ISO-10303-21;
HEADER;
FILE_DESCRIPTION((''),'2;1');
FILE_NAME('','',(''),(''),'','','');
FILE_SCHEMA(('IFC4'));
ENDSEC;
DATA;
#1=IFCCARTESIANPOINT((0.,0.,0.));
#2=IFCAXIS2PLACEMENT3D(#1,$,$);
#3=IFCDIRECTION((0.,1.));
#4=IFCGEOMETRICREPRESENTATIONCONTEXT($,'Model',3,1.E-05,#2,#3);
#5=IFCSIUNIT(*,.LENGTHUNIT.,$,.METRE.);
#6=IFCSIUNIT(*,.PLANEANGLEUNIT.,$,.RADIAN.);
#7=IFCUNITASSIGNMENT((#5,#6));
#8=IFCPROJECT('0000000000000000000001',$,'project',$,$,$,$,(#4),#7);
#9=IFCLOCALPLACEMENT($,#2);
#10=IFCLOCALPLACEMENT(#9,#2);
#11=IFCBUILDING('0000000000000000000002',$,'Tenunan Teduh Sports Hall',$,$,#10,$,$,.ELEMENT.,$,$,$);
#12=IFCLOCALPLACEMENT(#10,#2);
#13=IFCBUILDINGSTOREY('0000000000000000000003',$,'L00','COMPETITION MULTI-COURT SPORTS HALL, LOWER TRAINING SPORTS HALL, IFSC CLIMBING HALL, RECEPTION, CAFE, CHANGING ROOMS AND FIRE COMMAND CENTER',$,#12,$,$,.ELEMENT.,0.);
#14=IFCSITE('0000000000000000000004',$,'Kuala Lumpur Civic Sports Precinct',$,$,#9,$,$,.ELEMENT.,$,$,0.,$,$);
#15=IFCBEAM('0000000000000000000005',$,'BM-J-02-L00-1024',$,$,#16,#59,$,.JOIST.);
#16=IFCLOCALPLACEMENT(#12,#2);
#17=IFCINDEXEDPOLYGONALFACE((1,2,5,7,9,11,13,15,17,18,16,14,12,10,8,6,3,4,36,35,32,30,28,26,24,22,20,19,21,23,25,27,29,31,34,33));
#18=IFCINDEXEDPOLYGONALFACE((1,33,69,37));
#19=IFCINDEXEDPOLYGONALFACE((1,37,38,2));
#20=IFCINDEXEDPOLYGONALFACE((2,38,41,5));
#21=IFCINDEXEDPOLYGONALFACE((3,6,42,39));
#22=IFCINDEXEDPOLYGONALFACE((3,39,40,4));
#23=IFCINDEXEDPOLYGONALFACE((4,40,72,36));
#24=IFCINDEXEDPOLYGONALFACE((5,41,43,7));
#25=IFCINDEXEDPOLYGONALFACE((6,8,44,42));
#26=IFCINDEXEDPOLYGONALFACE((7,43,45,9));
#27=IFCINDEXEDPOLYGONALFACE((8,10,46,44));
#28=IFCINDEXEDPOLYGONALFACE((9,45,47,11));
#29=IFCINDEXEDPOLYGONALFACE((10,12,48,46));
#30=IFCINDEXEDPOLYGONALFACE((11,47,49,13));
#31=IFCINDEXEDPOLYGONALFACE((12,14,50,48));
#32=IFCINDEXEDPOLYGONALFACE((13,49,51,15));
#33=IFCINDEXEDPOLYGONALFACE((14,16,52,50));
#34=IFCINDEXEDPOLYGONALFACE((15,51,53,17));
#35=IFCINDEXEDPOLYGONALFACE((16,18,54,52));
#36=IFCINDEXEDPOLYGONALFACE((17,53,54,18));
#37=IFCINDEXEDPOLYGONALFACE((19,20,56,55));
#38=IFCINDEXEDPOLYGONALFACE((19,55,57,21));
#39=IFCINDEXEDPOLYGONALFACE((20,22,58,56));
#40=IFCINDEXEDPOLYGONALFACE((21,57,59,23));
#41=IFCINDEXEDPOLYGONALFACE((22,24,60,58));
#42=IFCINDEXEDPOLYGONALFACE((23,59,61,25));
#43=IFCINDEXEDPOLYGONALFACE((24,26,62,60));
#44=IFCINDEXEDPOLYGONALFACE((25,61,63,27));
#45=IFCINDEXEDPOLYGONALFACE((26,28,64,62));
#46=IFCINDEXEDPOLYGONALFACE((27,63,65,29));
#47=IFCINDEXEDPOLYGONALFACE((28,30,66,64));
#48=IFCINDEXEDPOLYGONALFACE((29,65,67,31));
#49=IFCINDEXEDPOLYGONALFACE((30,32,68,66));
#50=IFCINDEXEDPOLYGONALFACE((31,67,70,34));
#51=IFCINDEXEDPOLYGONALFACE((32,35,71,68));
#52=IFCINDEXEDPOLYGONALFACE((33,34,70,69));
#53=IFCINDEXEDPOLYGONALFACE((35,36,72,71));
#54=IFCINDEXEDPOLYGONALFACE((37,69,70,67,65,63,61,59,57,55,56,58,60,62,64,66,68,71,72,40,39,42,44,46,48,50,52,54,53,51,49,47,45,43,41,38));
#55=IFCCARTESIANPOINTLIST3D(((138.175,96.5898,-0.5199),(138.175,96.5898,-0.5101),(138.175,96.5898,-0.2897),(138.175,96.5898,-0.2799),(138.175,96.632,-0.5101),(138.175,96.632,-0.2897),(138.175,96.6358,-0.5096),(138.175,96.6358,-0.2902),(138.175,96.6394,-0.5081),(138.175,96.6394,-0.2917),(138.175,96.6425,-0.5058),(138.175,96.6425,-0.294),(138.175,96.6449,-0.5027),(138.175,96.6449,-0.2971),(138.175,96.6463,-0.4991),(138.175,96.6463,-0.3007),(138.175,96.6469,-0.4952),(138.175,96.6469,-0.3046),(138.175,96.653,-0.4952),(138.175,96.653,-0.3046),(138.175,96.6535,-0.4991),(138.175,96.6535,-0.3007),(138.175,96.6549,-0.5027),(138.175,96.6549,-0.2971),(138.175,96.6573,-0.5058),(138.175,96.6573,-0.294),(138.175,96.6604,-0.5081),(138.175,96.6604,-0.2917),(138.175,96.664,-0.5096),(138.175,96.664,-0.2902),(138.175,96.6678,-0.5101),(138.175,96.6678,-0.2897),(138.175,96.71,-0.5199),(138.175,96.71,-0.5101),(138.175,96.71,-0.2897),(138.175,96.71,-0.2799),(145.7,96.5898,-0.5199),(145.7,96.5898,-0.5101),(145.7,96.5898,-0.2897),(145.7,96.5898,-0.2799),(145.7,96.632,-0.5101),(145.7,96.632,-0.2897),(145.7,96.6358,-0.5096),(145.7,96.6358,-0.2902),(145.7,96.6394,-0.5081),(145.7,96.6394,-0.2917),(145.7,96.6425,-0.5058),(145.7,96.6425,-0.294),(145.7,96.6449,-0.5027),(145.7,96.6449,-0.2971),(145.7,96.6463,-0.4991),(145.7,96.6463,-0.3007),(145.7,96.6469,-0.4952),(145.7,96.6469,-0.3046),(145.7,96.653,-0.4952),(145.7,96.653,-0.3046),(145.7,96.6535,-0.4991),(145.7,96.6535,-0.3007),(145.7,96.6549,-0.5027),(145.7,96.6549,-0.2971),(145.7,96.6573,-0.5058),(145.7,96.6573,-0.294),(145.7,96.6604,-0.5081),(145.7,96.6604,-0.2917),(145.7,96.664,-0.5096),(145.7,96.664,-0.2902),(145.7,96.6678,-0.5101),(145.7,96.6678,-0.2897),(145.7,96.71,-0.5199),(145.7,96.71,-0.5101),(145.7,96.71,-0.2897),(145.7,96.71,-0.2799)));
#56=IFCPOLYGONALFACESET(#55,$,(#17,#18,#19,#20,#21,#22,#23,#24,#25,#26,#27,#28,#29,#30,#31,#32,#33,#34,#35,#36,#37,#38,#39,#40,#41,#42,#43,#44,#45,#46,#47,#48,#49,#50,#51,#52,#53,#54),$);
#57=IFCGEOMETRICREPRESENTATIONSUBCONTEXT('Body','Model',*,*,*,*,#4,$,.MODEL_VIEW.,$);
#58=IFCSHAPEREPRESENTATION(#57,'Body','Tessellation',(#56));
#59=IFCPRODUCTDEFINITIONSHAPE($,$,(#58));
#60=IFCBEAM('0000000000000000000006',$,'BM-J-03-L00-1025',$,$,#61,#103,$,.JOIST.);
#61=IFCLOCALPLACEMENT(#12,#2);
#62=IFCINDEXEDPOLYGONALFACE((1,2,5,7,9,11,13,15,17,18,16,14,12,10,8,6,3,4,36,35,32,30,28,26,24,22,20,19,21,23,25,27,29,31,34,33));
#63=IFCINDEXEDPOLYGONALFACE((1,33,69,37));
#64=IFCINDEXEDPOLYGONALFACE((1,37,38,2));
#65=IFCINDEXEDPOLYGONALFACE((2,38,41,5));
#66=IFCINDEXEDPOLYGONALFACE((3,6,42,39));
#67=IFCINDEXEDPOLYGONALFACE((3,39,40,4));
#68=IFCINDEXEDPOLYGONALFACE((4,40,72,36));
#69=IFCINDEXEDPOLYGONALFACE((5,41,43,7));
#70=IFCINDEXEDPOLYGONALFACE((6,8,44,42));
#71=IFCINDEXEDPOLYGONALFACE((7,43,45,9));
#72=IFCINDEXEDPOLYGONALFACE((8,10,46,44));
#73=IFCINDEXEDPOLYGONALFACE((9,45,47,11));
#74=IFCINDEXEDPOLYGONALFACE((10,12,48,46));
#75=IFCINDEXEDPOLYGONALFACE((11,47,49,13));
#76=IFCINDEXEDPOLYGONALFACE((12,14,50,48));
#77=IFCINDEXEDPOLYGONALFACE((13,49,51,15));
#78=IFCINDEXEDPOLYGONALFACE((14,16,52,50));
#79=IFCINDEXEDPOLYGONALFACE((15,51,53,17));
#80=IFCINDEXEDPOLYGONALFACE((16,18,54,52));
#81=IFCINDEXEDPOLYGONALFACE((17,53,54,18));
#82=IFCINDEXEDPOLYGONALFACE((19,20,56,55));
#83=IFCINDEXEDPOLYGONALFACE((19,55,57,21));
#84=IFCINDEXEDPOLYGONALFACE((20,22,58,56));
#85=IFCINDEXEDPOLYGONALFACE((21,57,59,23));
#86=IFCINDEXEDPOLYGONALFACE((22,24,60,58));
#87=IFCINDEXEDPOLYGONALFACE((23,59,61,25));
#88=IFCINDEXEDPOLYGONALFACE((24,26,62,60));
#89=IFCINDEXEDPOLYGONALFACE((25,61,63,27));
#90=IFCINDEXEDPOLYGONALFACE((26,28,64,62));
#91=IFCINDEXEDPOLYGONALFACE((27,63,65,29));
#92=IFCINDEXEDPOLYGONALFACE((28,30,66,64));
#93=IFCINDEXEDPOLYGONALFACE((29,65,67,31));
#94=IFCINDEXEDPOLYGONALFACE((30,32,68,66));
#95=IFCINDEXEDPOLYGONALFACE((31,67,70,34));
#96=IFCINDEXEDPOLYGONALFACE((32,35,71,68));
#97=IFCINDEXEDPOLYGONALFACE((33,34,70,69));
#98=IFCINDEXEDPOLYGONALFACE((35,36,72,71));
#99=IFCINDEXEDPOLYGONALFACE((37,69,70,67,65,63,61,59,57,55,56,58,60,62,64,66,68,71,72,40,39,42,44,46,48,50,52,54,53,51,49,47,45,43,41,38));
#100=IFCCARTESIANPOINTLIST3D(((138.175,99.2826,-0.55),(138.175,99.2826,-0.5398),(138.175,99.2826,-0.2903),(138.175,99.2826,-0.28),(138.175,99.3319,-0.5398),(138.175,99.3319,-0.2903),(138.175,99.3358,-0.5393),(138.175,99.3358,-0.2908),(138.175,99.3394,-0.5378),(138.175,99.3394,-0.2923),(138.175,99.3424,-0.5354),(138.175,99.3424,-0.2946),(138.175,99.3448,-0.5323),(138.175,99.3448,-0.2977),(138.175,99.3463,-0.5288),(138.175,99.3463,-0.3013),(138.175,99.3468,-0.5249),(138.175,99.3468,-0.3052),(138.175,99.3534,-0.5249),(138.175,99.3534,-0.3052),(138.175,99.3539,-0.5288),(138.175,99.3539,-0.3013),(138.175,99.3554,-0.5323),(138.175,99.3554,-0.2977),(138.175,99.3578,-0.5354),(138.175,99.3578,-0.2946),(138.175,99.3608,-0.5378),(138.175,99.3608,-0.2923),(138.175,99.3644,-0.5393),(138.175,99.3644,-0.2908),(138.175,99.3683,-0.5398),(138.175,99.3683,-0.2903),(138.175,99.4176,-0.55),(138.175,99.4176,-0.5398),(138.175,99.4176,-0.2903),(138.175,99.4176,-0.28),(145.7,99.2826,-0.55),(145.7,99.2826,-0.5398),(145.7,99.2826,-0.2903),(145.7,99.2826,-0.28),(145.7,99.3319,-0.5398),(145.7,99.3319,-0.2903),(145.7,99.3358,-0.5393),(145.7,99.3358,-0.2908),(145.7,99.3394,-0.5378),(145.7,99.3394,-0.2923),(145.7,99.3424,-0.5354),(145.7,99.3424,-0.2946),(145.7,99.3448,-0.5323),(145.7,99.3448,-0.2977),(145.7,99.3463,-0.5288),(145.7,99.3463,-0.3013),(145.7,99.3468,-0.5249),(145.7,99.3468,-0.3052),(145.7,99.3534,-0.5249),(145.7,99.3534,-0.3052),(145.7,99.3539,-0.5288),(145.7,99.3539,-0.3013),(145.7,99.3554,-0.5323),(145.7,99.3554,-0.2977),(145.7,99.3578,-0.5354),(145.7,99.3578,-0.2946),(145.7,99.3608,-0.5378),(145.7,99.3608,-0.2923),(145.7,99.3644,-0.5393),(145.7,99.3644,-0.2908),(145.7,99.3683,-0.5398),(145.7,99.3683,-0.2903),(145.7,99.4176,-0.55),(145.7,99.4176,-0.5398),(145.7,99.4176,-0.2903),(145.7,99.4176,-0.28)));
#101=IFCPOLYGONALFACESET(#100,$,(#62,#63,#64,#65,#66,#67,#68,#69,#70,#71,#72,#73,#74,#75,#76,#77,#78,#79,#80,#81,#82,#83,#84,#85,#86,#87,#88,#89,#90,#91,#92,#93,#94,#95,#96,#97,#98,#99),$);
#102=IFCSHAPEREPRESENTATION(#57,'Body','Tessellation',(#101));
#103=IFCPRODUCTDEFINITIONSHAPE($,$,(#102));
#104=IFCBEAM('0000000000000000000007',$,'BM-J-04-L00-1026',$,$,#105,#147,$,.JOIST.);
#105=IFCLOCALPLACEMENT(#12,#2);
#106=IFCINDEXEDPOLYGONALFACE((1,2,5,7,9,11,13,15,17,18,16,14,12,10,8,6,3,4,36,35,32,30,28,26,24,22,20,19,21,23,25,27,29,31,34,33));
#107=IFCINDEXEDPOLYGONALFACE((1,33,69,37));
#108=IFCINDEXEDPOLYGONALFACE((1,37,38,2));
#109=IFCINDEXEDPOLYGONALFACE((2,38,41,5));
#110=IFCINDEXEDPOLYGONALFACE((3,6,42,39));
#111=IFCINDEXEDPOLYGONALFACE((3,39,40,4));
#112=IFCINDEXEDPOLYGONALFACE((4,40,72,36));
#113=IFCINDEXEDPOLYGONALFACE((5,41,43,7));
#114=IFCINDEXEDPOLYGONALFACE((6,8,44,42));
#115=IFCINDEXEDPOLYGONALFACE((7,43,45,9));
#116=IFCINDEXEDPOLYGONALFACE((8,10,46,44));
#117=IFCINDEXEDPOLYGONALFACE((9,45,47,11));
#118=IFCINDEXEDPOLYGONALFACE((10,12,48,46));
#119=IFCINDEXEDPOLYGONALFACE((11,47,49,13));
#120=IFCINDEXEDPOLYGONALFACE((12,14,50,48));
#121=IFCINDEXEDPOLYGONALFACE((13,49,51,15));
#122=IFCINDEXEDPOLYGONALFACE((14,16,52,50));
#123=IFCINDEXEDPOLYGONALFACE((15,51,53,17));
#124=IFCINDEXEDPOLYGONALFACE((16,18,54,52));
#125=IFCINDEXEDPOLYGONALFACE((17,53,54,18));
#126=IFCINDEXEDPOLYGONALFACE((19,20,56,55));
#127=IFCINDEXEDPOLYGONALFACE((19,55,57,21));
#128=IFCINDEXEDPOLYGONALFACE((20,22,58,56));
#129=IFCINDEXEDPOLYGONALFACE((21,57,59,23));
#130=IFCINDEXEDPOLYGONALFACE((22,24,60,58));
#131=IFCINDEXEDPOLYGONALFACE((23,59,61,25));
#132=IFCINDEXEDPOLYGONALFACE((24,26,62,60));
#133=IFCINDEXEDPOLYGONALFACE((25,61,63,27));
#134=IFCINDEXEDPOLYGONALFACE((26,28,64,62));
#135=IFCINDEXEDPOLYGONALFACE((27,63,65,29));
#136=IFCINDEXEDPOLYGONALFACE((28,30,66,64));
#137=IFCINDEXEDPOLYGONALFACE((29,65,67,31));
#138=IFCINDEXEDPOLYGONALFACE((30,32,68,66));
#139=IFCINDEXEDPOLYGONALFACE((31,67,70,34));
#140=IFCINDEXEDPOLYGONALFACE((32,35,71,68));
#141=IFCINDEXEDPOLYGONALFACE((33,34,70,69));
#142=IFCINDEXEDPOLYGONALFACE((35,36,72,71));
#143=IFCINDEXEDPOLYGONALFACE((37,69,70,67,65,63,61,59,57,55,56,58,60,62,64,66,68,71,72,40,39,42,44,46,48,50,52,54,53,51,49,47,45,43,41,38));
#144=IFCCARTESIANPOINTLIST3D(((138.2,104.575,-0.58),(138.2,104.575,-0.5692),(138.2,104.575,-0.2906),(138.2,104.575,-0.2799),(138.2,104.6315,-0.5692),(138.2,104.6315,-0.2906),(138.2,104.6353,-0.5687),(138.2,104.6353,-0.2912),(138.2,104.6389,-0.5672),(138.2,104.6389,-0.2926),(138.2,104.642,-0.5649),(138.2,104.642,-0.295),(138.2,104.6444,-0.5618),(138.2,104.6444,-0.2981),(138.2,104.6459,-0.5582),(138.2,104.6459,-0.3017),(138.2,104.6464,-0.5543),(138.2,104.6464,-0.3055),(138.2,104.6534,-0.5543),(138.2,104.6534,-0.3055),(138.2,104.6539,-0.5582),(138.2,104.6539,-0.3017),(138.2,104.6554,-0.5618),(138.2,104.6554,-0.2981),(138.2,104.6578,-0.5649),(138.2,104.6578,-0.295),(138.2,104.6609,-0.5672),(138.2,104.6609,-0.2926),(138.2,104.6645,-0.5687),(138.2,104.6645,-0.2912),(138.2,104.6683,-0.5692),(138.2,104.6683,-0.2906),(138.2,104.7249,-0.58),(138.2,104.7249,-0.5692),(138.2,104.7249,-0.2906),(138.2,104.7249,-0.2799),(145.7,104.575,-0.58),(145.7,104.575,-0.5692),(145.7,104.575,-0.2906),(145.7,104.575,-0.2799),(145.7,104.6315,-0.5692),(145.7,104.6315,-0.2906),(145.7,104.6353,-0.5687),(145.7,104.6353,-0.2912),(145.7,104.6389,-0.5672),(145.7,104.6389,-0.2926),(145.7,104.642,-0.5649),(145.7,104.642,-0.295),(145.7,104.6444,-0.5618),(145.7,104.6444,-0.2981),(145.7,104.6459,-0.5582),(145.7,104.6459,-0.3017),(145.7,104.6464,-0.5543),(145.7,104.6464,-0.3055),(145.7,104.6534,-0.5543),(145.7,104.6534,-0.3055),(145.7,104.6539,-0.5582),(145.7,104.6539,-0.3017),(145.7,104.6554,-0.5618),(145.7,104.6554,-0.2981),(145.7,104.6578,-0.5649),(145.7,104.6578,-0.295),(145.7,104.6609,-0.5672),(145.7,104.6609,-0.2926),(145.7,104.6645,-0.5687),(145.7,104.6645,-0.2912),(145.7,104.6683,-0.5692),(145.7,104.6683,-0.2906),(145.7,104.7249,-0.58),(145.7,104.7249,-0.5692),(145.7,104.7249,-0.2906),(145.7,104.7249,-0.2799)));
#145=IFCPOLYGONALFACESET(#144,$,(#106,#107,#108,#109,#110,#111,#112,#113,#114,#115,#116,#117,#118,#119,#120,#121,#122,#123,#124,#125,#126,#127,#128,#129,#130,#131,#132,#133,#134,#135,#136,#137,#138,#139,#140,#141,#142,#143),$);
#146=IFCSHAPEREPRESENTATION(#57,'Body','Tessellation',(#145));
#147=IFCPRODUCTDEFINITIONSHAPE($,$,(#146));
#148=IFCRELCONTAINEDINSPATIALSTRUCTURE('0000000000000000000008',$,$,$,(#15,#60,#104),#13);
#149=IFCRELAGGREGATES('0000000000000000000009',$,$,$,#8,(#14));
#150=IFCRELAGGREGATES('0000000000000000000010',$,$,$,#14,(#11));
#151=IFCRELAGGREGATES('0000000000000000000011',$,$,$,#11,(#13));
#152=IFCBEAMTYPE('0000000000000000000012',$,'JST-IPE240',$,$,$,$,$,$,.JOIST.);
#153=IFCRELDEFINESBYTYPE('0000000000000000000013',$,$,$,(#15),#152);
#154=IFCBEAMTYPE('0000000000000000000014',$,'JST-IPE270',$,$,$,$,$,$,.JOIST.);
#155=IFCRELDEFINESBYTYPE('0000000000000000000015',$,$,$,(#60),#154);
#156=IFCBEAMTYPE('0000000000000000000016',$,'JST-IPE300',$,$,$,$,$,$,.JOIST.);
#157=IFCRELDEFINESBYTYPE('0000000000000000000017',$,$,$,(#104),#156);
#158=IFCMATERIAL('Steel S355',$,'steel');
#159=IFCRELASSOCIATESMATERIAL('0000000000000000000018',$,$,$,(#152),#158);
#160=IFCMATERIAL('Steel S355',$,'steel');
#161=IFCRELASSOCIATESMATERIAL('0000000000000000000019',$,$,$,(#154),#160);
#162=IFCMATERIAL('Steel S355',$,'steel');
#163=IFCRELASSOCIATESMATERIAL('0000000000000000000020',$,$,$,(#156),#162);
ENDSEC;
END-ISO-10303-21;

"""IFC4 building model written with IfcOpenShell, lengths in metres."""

from ifc_helpers import new_model, si_unit, direction, frame, origin, origin_2d, place, context, subcontext, project, spatial, i_section, extrude, material, material_profile, profile_set, type_object, element, save


model = new_model("IFC4")

# Units and contexts
model_context = context("Model", 3, precision=1e-05, world=origin(), true_north=direction((0.0, 1.0)))
body_context = subcontext(model_context, "Body", "Model", "MODEL_VIEW")
ifc_project = project(units=[si_unit("LENGTHUNIT", "METRE"), si_unit("PLANEANGLEUNIT", "RADIAN")], contexts=[model_context])

# Site, building, storey
site_placement = place(None, origin())
site = spatial("IfcSite", under=ifc_project, at=site_placement, Name="Kuala Lumpur Civic Sports Precinct", CompositionType="ELEMENT", RefElevation=0.0)
building_placement = place(site_placement, origin())
building = spatial("IfcBuilding", under=site, at=building_placement, Name="Tenunan Teduh Sports Hall", CompositionType="ELEMENT")
storey_placement = place(building_placement, origin())
storey = spatial("IfcBuildingStorey", under=building, at=storey_placement, Name="L00", Description="COMPETITION MULTI-COURT SPORTS HALL, LOWER TRAINING SPORTS HALL, IFSC CLIMBING HALL, RECEPTION, CAFE, CHANGING ROOMS AND FIRE COMMAND CENTER", CompositionType="ELEMENT", Elevation=0.0)

# Beams
ifc_material_1 = material(Name="Steel S355", Category="steel")
ifc_material_profile_1 = material_profile(ifc_material_1, i_section(OverallWidth=0.1201, OverallDepth=0.24, WebThickness=0.0061, FlangeThickness=0.0098, FilletRadius=0.0149, at=origin_2d()), Name="IPE 240")
ifc_profile_set_1 = profile_set([ifc_material_profile_1], Name="Steel S355")
beam_type_1 = type_object("IfcBeamType", Name="JST-IPE240", PredefinedType="JOIST", material=ifc_profile_set_1)
beam_1_placement = place(storey_placement, frame((138.175, 96.6499, -0.3999), z_axis=(1.0, 0.0, 0.0), x_axis=(0.0, 1.0, 0.0)))
element("IfcBeam", 1, at=beam_1_placement, inside=storey, type_object=beam_type_1, Name="BM-J-02-L00-1024", PredefinedType="JOIST", context=body_context, shape_type="SweptSolid", body=[
    extrude(i_section(OverallWidth=0.1201, OverallDepth=0.24, WebThickness=0.0061, FlangeThickness=0.0098, FilletRadius=0.0149, at=origin_2d()), origin(), (0.0, 0.0, 1.0), 7.5249),
])
ifc_material_2 = material(Name="Steel S355", Category="steel")
ifc_material_profile_2 = material_profile(ifc_material_2, i_section(OverallWidth=0.135, OverallDepth=0.27, WebThickness=0.0066, FlangeThickness=0.0103, FilletRadius=0.0149, at=origin_2d()), Name="IPE 270")
ifc_profile_set_2 = profile_set([ifc_material_profile_2], Name="Steel S355")
beam_type_2 = type_object("IfcBeamType", Name="JST-IPE270", PredefinedType="JOIST", material=ifc_profile_set_2)
beam_2_placement = place(storey_placement, frame((138.175, 99.3501, -0.415), z_axis=(1.0, 0.0, 0.0), x_axis=(0.0, 1.0, 0.0)))
element("IfcBeam", 2, at=beam_2_placement, inside=storey, type_object=beam_type_2, Name="BM-J-03-L00-1025", PredefinedType="JOIST", context=body_context, shape_type="SweptSolid", body=[
    extrude(i_section(OverallWidth=0.135, OverallDepth=0.27, WebThickness=0.0066, FlangeThickness=0.0103, FilletRadius=0.0149, at=origin_2d()), origin(), (0.0, 0.0, 1.0), 7.5249),
])
ifc_material_3 = material(Name="Steel S355", Category="steel")
ifc_material_profile_3 = material_profile(ifc_material_3, i_section(OverallWidth=0.1499, OverallDepth=0.3, WebThickness=0.0071, FlangeThickness=0.0107, FilletRadius=0.0149, at=origin_2d()), Name="IPE 300")
ifc_profile_set_3 = profile_set([ifc_material_profile_3], Name="Steel S355")
beam_type_3 = type_object("IfcBeamType", Name="JST-IPE300", PredefinedType="JOIST", material=ifc_profile_set_3)
beam_3_placement = place(storey_placement, frame((138.2, 104.6499, -0.4299), z_axis=(1.0, 0.0, 0.0), x_axis=(0.0, 1.0, 0.0)))
element("IfcBeam", 3, at=beam_3_placement, inside=storey, type_object=beam_type_3, Name="BM-J-04-L00-1026", PredefinedType="JOIST", context=body_context, shape_type="SweptSolid", body=[
    extrude(i_section(OverallWidth=0.1499, OverallDepth=0.3, WebThickness=0.0071, FlangeThickness=0.0107, FilletRadius=0.0149, at=origin_2d()), origin(), (0.0, 0.0, 1.0), 7.5),
])

save(model, "model.ifc")
